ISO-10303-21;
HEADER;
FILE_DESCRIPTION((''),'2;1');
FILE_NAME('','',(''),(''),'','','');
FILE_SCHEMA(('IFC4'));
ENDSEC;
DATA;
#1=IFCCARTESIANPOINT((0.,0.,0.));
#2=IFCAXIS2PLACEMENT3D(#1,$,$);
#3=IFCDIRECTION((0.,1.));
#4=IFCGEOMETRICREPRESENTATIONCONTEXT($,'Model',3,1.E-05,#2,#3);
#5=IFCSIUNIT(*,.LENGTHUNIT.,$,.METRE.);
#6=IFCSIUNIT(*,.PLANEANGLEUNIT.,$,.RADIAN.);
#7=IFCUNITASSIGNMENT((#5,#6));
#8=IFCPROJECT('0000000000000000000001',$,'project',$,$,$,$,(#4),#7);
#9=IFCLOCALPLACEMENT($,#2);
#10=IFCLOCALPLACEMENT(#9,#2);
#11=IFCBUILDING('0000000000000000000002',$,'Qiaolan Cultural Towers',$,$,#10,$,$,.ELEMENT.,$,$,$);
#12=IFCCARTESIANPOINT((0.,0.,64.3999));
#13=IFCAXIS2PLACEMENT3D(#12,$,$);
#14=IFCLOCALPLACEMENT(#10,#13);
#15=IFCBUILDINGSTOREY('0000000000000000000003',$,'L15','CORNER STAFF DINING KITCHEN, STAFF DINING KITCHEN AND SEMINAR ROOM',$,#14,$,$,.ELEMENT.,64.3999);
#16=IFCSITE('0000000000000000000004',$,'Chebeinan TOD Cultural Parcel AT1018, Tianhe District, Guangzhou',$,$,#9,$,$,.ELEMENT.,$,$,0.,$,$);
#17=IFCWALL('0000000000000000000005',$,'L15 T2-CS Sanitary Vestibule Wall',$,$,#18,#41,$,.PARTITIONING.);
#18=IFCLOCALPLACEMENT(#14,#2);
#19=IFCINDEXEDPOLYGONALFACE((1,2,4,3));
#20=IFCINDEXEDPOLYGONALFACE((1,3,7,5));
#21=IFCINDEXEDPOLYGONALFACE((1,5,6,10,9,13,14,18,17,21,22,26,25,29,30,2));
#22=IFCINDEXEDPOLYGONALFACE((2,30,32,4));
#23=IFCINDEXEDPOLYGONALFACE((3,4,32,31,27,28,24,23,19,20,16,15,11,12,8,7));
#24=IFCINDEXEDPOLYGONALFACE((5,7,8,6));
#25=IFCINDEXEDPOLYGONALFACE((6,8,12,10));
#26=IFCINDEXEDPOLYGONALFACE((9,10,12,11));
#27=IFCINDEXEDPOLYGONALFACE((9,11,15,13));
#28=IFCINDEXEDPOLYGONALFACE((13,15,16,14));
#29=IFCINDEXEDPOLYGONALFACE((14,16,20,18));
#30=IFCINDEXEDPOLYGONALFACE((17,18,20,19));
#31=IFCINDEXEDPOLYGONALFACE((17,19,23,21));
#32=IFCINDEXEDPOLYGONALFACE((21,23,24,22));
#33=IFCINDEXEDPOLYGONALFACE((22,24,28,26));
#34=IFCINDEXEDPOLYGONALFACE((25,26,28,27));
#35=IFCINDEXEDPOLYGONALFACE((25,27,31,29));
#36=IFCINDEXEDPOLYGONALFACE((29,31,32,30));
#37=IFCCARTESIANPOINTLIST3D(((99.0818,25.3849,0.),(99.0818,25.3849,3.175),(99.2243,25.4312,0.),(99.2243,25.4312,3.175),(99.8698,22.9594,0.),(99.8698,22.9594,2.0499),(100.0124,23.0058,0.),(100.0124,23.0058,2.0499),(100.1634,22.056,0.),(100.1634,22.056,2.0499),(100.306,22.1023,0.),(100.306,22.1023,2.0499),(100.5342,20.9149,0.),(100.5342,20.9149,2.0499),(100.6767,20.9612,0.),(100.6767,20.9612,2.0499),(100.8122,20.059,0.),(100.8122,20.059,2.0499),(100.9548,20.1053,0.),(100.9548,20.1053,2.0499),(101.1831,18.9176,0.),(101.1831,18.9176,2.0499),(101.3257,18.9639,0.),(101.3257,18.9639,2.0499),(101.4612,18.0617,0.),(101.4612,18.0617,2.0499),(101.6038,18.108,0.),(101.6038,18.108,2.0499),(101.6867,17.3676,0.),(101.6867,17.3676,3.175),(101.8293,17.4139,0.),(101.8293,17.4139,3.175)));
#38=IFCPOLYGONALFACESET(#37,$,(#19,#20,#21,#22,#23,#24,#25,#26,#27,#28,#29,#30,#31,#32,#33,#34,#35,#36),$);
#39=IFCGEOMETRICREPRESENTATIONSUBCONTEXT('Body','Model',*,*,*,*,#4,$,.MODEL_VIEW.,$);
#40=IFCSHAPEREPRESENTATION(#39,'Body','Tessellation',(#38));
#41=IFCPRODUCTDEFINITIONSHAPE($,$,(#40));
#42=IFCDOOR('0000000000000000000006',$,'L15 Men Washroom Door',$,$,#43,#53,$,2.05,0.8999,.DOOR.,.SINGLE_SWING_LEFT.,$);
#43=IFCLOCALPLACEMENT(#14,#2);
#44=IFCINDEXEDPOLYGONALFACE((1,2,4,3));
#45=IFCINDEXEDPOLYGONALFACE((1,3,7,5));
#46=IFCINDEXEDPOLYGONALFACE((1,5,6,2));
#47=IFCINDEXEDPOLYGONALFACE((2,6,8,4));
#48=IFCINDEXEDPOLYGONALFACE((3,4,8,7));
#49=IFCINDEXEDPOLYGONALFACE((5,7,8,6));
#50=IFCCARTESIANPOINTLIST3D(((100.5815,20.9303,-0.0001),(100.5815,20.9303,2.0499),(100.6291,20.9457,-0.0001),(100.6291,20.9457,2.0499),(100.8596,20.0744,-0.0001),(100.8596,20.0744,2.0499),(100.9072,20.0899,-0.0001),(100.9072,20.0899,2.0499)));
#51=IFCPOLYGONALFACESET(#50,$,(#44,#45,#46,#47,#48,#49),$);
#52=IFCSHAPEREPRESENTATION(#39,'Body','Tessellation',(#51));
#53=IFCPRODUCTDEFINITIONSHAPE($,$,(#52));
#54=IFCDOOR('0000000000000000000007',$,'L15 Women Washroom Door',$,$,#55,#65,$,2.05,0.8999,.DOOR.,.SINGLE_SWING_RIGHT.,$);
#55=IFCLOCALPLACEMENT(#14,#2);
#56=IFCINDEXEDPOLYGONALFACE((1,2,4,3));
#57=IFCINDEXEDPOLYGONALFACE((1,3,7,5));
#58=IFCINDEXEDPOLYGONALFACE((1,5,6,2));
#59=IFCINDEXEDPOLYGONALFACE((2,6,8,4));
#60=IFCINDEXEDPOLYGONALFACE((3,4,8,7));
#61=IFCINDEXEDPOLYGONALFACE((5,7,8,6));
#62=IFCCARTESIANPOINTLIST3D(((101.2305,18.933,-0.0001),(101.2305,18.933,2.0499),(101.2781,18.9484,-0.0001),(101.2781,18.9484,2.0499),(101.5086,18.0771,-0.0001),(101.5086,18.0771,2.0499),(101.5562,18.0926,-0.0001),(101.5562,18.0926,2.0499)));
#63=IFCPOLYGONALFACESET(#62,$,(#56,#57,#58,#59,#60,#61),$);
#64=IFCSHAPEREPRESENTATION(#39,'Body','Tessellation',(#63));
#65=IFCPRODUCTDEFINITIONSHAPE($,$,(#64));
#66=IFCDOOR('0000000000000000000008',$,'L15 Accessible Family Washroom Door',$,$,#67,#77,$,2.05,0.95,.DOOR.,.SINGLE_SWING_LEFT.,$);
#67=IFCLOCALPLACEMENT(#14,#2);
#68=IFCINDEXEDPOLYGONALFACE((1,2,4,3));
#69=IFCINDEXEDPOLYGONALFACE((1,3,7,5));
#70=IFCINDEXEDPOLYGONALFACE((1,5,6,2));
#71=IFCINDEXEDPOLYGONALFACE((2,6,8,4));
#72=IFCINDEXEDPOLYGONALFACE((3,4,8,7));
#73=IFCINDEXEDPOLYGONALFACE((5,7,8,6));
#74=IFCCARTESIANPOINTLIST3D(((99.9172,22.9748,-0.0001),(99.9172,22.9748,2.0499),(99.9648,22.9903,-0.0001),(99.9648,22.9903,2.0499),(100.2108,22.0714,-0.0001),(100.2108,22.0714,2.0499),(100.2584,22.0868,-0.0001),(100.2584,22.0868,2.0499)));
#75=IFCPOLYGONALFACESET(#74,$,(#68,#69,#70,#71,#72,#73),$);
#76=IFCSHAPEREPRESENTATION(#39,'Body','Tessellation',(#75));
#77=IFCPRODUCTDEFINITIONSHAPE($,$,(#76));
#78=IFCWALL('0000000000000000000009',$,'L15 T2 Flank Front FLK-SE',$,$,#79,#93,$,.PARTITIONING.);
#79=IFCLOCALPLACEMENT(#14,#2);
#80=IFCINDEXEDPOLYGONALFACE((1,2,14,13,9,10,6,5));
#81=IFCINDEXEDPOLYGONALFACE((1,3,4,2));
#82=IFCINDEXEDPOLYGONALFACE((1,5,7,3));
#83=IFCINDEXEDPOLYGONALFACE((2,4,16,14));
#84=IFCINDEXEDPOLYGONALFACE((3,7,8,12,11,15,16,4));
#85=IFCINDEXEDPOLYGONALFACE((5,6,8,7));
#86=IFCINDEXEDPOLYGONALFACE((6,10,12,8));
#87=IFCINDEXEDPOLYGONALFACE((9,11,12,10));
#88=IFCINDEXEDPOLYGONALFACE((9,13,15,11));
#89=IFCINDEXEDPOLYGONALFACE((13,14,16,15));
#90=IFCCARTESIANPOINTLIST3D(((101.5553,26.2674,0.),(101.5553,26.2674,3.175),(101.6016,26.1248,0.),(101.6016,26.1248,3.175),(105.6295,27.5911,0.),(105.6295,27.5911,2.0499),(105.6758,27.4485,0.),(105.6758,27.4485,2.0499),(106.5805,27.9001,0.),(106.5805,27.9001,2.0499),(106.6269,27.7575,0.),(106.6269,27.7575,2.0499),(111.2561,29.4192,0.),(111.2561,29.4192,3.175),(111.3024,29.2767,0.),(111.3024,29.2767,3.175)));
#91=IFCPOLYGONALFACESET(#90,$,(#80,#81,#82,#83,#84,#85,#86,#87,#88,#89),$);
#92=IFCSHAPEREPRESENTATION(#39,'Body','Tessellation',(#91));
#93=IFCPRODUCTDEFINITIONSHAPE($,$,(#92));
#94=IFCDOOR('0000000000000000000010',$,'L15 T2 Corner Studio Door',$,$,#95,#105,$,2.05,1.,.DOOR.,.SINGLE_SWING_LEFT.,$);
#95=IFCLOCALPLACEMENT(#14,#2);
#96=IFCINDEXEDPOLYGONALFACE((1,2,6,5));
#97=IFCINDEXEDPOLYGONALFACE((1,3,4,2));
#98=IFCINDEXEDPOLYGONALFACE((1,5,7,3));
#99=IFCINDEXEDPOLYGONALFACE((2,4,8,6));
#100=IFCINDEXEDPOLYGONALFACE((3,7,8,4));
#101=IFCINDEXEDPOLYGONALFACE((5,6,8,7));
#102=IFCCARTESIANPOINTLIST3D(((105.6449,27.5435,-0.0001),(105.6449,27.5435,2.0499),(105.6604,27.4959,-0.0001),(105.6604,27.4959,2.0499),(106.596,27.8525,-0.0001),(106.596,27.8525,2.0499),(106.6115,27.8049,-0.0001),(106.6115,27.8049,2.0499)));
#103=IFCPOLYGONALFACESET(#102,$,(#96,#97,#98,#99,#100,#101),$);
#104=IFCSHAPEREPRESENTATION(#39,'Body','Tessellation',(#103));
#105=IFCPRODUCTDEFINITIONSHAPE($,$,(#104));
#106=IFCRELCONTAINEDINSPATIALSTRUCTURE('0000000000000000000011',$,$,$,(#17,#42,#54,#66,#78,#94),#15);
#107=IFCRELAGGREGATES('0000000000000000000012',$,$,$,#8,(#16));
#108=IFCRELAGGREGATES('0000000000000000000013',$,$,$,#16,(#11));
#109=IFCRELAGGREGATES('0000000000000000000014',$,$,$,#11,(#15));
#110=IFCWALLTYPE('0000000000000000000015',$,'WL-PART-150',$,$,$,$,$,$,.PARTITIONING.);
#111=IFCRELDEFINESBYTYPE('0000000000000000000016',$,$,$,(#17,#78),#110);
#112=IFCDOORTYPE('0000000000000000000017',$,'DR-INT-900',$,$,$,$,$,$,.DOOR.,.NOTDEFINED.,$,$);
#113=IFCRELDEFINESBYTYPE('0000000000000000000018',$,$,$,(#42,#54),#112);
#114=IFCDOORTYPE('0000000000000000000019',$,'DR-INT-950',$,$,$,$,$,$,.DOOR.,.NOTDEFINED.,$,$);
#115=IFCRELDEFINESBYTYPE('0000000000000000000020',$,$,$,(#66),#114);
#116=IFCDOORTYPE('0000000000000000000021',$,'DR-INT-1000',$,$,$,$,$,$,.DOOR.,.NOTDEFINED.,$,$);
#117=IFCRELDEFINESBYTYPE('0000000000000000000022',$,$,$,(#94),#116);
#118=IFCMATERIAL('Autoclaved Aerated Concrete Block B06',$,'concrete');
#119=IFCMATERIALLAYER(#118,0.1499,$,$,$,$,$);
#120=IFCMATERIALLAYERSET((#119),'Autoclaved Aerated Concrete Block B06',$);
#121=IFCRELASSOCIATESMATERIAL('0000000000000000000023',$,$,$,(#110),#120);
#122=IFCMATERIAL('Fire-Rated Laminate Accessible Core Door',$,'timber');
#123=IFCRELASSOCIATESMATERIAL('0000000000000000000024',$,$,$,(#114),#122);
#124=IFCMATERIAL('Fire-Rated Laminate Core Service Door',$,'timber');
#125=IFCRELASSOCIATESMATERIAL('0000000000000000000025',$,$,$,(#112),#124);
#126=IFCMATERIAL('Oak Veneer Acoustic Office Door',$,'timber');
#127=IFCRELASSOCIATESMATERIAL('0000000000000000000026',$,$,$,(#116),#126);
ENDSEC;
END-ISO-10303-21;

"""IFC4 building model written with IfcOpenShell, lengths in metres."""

from ifc_helpers import new_model, si_unit, direction, frame, frame_2d, origin, place, context, subcontext, project, spatial, rectangle, extrude, material, layer, layer_set, type_object, element, fill, save


model = new_model("IFC4")

# Units and contexts
model_context = context("Model", 3, precision=1e-05, world=origin(), true_north=direction((0.0, 1.0)))
body_context = subcontext(model_context, "Body", "Model", "MODEL_VIEW")
ifc_project = project(units=[si_unit("LENGTHUNIT", "METRE"), si_unit("PLANEANGLEUNIT", "RADIAN")], contexts=[model_context])

# Site, building, storey
site_placement = place(None, origin())
site = spatial("IfcSite", under=ifc_project, at=site_placement, Name="Chebeinan TOD Cultural Parcel AT1018, Tianhe District, Guangzhou", CompositionType="ELEMENT", RefElevation=0.0)
building_placement = place(site_placement, origin())
building = spatial("IfcBuilding", under=site, at=building_placement, Name="Qiaolan Cultural Towers", CompositionType="ELEMENT")
storey_placement = place(building_placement, frame((0.0, 0.0, 64.3999)))
storey = spatial("IfcBuildingStorey", under=building, at=storey_placement, Name="L15", Description="CORNER STAFF DINING KITCHEN, STAFF DINING KITCHEN AND SEMINAR ROOM", CompositionType="ELEMENT", Elevation=64.3999)

# Shared definitions
ifc_material_1 = material(Name="Autoclaved Aerated Concrete Block B06", Category="concrete")
ifc_layer_1 = layer(ifc_material_1, 0.1499)
ifc_layer_set_1 = layer_set([ifc_layer_1], Name="Autoclaved Aerated Concrete Block B06")
wall_type_1 = type_object("IfcWallType", Name="WL-PART-150", PredefinedType="PARTITIONING", material=ifc_layer_set_1)
ifc_material_2 = material(Name="Fire-Rated Laminate Accessible Core Door", Category="timber")
door_type_1 = type_object("IfcDoorType", Name="DR-INT-950", OperationType="NOTDEFINED", PredefinedType="DOOR", material=ifc_material_2)

# Wall, openings, doors
wall_1_placement = place(storey_placement, frame((99.1531, 25.408, 0.0), z_axis=(0.0, 0.0, 1.0), x_axis=(0.309016, -0.951057, 0.0)))
wall_1 = element("IfcWall", 1, at=wall_1_placement, inside=storey, type_object=wall_type_1, Name="L15 T2-CS Sanitary Vestibule Wall", PredefinedType="PARTITIONING", context=body_context, shape_type="SweptSolid", body=[
    extrude(rectangle(XDim=8.4299, YDim=0.1499, at=frame_2d((4.2148, 0.0))), origin(), (0.0, 0.0, 1.0), 3.175),
])
opening_1_placement = place(wall_1_placement, frame((2.55, 0.0, 0.0)))
opening_1 = element("IfcOpeningElement", 2, at=opening_1_placement, cuts=wall_1, PredefinedType="OPENING", context=body_context, shape_type="SweptSolid", body=[
    extrude(rectangle(XDim=0.95, YDim=2.05, at=frame_2d((0.4751, 1.0249))), frame((0.0, 0.085, 0.0), z_axis=(0.0, -1.0, 0.0), x_axis=(1.0, 0.0, 0.0)), (0.0, 0.0, 1.0), 0.1699),
])
opening_2_placement = place(wall_1_placement, frame((4.7, 0.0, 0.0)))
opening_2 = element("IfcOpeningElement", 3, at=opening_2_placement, cuts=wall_1, PredefinedType="OPENING", context=body_context, shape_type="SweptSolid", body=[
    extrude(rectangle(XDim=0.8999, YDim=2.05, at=frame_2d((0.45, 1.0249))), frame((0.0, 0.085, 0.0), z_axis=(0.0, -1.0, 0.0), x_axis=(1.0, 0.0, 0.0)), (0.0, 0.0, 1.0), 0.1699),
])
opening_3_placement = place(wall_1_placement, frame((6.8, 0.0, 0.0)))
opening_3 = element("IfcOpeningElement", 4, at=opening_3_placement, cuts=wall_1, PredefinedType="OPENING", context=body_context, shape_type="SweptSolid", body=[
    extrude(rectangle(XDim=0.8999, YDim=2.05, at=frame_2d((0.45, 1.0249))), frame((0.0, 0.085, 0.0), z_axis=(0.0, -1.0, 0.0), x_axis=(1.0, 0.0, 0.0)), (0.0, 0.0, 1.0), 0.1699),
])
ifc_material_3 = material(Name="Fire-Rated Laminate Core Service Door", Category="timber")
door_type_2 = type_object("IfcDoorType", Name="DR-INT-900", OperationType="NOTDEFINED", PredefinedType="DOOR", material=ifc_material_3)
door_1_placement = place(opening_2_placement, origin())
door_1 = element("IfcDoor", 5, at=door_1_placement, inside=storey, type_object=door_type_2, Name="L15 Men Washroom Door", OperationType="SINGLE_SWING_LEFT", OverallHeight=2.05, OverallWidth=0.8999, PredefinedType="DOOR", context=body_context, shape_type="SweptSolid", body=[
    extrude(rectangle(XDim=0.8999, YDim=2.05, at=frame_2d((0.45, 1.0249))), frame((0.0, 0.0249, 0.0), z_axis=(0.0, -1.0, 0.0), x_axis=(1.0, 0.0, 0.0)), (0.0, 0.0, 1.0), 0.05),
])
fill(opening_2, door_1)
door_2_placement = place(opening_3_placement, origin())
door_2 = element("IfcDoor", 6, at=door_2_placement, inside=storey, type_object=door_type_2, Name="L15 Women Washroom Door", OperationType="SINGLE_SWING_RIGHT", OverallHeight=2.05, OverallWidth=0.8999, PredefinedType="DOOR", context=body_context, shape_type="SweptSolid", body=[
    extrude(rectangle(XDim=0.8999, YDim=2.05, at=frame_2d((0.45, 1.0249))), frame((0.0, 0.0249, 0.0), z_axis=(0.0, -1.0, 0.0), x_axis=(1.0, 0.0, 0.0)), (0.0, 0.0, 1.0), 0.05),
])
fill(opening_3, door_2)
door_3_placement = place(opening_1_placement, origin())
door_3 = element("IfcDoor", 7, at=door_3_placement, inside=storey, type_object=door_type_1, Name="L15 Accessible Family Washroom Door", OperationType="SINGLE_SWING_LEFT", OverallHeight=2.05, OverallWidth=0.95, PredefinedType="DOOR", context=body_context, shape_type="SweptSolid", body=[
    extrude(rectangle(XDim=0.95, YDim=2.05, at=frame_2d((0.4751, 1.0249))), frame((0.0, 0.0249, 0.0), z_axis=(0.0, -1.0, 0.0), x_axis=(1.0, 0.0, 0.0)), (0.0, 0.0, 1.0), 0.05),
])
fill(opening_1, door_3)

# Wall, opening, door
wall_2_placement = place(storey_placement, frame((101.5784, 26.196, 0.0), z_axis=(0.0, 0.0, 1.0), x_axis=(0.951059, 0.309009, 0.0)))
wall_2 = element("IfcWall", 8, at=wall_2_placement, inside=storey, type_object=wall_type_1, Name="L15 T2 Flank Front FLK-SE", PredefinedType="PARTITIONING", context=body_context, shape_type="SweptSolid", body=[
    extrude(rectangle(XDim=10.2, YDim=0.1499, at=frame_2d((5.1001, 0.0))), origin(), (0.0, 0.0, 1.0), 3.175),
])
opening_4_placement = place(wall_2_placement, frame((4.2839, 0.0, 0.0)))
opening_4 = element("IfcOpeningElement", 9, at=opening_4_placement, cuts=wall_2, PredefinedType="OPENING", context=body_context, shape_type="SweptSolid", body=[
    extrude(rectangle(XDim=1.0, YDim=2.05, at=frame_2d((0.5, 1.0249))), frame((0.0, 0.085, 0.0), z_axis=(0.0, -1.0, 0.0), x_axis=(1.0, 0.0, 0.0)), (0.0, 0.0, 1.0), 0.1699),
])
ifc_material_4 = material(Name="Oak Veneer Acoustic Office Door", Category="timber")
door_type_3 = type_object("IfcDoorType", Name="DR-INT-1000", OperationType="NOTDEFINED", PredefinedType="DOOR", material=ifc_material_4)
door_4_placement = place(opening_4_placement, origin())
door_4 = element("IfcDoor", 10, at=door_4_placement, inside=storey, type_object=door_type_3, Name="L15 T2 Corner Studio Door", OperationType="SINGLE_SWING_LEFT", OverallHeight=2.05, OverallWidth=1.0, PredefinedType="DOOR", context=body_context, shape_type="SweptSolid", body=[
    extrude(rectangle(XDim=1.0, YDim=2.05, at=frame_2d((0.5, 1.0249))), frame((0.0, 0.0249, 0.0), z_axis=(0.0, -1.0, 0.0), x_axis=(1.0, 0.0, 0.0)), (0.0, 0.0, 1.0), 0.05),
])
fill(opening_4, door_4)

save(model, "model.ifc")
